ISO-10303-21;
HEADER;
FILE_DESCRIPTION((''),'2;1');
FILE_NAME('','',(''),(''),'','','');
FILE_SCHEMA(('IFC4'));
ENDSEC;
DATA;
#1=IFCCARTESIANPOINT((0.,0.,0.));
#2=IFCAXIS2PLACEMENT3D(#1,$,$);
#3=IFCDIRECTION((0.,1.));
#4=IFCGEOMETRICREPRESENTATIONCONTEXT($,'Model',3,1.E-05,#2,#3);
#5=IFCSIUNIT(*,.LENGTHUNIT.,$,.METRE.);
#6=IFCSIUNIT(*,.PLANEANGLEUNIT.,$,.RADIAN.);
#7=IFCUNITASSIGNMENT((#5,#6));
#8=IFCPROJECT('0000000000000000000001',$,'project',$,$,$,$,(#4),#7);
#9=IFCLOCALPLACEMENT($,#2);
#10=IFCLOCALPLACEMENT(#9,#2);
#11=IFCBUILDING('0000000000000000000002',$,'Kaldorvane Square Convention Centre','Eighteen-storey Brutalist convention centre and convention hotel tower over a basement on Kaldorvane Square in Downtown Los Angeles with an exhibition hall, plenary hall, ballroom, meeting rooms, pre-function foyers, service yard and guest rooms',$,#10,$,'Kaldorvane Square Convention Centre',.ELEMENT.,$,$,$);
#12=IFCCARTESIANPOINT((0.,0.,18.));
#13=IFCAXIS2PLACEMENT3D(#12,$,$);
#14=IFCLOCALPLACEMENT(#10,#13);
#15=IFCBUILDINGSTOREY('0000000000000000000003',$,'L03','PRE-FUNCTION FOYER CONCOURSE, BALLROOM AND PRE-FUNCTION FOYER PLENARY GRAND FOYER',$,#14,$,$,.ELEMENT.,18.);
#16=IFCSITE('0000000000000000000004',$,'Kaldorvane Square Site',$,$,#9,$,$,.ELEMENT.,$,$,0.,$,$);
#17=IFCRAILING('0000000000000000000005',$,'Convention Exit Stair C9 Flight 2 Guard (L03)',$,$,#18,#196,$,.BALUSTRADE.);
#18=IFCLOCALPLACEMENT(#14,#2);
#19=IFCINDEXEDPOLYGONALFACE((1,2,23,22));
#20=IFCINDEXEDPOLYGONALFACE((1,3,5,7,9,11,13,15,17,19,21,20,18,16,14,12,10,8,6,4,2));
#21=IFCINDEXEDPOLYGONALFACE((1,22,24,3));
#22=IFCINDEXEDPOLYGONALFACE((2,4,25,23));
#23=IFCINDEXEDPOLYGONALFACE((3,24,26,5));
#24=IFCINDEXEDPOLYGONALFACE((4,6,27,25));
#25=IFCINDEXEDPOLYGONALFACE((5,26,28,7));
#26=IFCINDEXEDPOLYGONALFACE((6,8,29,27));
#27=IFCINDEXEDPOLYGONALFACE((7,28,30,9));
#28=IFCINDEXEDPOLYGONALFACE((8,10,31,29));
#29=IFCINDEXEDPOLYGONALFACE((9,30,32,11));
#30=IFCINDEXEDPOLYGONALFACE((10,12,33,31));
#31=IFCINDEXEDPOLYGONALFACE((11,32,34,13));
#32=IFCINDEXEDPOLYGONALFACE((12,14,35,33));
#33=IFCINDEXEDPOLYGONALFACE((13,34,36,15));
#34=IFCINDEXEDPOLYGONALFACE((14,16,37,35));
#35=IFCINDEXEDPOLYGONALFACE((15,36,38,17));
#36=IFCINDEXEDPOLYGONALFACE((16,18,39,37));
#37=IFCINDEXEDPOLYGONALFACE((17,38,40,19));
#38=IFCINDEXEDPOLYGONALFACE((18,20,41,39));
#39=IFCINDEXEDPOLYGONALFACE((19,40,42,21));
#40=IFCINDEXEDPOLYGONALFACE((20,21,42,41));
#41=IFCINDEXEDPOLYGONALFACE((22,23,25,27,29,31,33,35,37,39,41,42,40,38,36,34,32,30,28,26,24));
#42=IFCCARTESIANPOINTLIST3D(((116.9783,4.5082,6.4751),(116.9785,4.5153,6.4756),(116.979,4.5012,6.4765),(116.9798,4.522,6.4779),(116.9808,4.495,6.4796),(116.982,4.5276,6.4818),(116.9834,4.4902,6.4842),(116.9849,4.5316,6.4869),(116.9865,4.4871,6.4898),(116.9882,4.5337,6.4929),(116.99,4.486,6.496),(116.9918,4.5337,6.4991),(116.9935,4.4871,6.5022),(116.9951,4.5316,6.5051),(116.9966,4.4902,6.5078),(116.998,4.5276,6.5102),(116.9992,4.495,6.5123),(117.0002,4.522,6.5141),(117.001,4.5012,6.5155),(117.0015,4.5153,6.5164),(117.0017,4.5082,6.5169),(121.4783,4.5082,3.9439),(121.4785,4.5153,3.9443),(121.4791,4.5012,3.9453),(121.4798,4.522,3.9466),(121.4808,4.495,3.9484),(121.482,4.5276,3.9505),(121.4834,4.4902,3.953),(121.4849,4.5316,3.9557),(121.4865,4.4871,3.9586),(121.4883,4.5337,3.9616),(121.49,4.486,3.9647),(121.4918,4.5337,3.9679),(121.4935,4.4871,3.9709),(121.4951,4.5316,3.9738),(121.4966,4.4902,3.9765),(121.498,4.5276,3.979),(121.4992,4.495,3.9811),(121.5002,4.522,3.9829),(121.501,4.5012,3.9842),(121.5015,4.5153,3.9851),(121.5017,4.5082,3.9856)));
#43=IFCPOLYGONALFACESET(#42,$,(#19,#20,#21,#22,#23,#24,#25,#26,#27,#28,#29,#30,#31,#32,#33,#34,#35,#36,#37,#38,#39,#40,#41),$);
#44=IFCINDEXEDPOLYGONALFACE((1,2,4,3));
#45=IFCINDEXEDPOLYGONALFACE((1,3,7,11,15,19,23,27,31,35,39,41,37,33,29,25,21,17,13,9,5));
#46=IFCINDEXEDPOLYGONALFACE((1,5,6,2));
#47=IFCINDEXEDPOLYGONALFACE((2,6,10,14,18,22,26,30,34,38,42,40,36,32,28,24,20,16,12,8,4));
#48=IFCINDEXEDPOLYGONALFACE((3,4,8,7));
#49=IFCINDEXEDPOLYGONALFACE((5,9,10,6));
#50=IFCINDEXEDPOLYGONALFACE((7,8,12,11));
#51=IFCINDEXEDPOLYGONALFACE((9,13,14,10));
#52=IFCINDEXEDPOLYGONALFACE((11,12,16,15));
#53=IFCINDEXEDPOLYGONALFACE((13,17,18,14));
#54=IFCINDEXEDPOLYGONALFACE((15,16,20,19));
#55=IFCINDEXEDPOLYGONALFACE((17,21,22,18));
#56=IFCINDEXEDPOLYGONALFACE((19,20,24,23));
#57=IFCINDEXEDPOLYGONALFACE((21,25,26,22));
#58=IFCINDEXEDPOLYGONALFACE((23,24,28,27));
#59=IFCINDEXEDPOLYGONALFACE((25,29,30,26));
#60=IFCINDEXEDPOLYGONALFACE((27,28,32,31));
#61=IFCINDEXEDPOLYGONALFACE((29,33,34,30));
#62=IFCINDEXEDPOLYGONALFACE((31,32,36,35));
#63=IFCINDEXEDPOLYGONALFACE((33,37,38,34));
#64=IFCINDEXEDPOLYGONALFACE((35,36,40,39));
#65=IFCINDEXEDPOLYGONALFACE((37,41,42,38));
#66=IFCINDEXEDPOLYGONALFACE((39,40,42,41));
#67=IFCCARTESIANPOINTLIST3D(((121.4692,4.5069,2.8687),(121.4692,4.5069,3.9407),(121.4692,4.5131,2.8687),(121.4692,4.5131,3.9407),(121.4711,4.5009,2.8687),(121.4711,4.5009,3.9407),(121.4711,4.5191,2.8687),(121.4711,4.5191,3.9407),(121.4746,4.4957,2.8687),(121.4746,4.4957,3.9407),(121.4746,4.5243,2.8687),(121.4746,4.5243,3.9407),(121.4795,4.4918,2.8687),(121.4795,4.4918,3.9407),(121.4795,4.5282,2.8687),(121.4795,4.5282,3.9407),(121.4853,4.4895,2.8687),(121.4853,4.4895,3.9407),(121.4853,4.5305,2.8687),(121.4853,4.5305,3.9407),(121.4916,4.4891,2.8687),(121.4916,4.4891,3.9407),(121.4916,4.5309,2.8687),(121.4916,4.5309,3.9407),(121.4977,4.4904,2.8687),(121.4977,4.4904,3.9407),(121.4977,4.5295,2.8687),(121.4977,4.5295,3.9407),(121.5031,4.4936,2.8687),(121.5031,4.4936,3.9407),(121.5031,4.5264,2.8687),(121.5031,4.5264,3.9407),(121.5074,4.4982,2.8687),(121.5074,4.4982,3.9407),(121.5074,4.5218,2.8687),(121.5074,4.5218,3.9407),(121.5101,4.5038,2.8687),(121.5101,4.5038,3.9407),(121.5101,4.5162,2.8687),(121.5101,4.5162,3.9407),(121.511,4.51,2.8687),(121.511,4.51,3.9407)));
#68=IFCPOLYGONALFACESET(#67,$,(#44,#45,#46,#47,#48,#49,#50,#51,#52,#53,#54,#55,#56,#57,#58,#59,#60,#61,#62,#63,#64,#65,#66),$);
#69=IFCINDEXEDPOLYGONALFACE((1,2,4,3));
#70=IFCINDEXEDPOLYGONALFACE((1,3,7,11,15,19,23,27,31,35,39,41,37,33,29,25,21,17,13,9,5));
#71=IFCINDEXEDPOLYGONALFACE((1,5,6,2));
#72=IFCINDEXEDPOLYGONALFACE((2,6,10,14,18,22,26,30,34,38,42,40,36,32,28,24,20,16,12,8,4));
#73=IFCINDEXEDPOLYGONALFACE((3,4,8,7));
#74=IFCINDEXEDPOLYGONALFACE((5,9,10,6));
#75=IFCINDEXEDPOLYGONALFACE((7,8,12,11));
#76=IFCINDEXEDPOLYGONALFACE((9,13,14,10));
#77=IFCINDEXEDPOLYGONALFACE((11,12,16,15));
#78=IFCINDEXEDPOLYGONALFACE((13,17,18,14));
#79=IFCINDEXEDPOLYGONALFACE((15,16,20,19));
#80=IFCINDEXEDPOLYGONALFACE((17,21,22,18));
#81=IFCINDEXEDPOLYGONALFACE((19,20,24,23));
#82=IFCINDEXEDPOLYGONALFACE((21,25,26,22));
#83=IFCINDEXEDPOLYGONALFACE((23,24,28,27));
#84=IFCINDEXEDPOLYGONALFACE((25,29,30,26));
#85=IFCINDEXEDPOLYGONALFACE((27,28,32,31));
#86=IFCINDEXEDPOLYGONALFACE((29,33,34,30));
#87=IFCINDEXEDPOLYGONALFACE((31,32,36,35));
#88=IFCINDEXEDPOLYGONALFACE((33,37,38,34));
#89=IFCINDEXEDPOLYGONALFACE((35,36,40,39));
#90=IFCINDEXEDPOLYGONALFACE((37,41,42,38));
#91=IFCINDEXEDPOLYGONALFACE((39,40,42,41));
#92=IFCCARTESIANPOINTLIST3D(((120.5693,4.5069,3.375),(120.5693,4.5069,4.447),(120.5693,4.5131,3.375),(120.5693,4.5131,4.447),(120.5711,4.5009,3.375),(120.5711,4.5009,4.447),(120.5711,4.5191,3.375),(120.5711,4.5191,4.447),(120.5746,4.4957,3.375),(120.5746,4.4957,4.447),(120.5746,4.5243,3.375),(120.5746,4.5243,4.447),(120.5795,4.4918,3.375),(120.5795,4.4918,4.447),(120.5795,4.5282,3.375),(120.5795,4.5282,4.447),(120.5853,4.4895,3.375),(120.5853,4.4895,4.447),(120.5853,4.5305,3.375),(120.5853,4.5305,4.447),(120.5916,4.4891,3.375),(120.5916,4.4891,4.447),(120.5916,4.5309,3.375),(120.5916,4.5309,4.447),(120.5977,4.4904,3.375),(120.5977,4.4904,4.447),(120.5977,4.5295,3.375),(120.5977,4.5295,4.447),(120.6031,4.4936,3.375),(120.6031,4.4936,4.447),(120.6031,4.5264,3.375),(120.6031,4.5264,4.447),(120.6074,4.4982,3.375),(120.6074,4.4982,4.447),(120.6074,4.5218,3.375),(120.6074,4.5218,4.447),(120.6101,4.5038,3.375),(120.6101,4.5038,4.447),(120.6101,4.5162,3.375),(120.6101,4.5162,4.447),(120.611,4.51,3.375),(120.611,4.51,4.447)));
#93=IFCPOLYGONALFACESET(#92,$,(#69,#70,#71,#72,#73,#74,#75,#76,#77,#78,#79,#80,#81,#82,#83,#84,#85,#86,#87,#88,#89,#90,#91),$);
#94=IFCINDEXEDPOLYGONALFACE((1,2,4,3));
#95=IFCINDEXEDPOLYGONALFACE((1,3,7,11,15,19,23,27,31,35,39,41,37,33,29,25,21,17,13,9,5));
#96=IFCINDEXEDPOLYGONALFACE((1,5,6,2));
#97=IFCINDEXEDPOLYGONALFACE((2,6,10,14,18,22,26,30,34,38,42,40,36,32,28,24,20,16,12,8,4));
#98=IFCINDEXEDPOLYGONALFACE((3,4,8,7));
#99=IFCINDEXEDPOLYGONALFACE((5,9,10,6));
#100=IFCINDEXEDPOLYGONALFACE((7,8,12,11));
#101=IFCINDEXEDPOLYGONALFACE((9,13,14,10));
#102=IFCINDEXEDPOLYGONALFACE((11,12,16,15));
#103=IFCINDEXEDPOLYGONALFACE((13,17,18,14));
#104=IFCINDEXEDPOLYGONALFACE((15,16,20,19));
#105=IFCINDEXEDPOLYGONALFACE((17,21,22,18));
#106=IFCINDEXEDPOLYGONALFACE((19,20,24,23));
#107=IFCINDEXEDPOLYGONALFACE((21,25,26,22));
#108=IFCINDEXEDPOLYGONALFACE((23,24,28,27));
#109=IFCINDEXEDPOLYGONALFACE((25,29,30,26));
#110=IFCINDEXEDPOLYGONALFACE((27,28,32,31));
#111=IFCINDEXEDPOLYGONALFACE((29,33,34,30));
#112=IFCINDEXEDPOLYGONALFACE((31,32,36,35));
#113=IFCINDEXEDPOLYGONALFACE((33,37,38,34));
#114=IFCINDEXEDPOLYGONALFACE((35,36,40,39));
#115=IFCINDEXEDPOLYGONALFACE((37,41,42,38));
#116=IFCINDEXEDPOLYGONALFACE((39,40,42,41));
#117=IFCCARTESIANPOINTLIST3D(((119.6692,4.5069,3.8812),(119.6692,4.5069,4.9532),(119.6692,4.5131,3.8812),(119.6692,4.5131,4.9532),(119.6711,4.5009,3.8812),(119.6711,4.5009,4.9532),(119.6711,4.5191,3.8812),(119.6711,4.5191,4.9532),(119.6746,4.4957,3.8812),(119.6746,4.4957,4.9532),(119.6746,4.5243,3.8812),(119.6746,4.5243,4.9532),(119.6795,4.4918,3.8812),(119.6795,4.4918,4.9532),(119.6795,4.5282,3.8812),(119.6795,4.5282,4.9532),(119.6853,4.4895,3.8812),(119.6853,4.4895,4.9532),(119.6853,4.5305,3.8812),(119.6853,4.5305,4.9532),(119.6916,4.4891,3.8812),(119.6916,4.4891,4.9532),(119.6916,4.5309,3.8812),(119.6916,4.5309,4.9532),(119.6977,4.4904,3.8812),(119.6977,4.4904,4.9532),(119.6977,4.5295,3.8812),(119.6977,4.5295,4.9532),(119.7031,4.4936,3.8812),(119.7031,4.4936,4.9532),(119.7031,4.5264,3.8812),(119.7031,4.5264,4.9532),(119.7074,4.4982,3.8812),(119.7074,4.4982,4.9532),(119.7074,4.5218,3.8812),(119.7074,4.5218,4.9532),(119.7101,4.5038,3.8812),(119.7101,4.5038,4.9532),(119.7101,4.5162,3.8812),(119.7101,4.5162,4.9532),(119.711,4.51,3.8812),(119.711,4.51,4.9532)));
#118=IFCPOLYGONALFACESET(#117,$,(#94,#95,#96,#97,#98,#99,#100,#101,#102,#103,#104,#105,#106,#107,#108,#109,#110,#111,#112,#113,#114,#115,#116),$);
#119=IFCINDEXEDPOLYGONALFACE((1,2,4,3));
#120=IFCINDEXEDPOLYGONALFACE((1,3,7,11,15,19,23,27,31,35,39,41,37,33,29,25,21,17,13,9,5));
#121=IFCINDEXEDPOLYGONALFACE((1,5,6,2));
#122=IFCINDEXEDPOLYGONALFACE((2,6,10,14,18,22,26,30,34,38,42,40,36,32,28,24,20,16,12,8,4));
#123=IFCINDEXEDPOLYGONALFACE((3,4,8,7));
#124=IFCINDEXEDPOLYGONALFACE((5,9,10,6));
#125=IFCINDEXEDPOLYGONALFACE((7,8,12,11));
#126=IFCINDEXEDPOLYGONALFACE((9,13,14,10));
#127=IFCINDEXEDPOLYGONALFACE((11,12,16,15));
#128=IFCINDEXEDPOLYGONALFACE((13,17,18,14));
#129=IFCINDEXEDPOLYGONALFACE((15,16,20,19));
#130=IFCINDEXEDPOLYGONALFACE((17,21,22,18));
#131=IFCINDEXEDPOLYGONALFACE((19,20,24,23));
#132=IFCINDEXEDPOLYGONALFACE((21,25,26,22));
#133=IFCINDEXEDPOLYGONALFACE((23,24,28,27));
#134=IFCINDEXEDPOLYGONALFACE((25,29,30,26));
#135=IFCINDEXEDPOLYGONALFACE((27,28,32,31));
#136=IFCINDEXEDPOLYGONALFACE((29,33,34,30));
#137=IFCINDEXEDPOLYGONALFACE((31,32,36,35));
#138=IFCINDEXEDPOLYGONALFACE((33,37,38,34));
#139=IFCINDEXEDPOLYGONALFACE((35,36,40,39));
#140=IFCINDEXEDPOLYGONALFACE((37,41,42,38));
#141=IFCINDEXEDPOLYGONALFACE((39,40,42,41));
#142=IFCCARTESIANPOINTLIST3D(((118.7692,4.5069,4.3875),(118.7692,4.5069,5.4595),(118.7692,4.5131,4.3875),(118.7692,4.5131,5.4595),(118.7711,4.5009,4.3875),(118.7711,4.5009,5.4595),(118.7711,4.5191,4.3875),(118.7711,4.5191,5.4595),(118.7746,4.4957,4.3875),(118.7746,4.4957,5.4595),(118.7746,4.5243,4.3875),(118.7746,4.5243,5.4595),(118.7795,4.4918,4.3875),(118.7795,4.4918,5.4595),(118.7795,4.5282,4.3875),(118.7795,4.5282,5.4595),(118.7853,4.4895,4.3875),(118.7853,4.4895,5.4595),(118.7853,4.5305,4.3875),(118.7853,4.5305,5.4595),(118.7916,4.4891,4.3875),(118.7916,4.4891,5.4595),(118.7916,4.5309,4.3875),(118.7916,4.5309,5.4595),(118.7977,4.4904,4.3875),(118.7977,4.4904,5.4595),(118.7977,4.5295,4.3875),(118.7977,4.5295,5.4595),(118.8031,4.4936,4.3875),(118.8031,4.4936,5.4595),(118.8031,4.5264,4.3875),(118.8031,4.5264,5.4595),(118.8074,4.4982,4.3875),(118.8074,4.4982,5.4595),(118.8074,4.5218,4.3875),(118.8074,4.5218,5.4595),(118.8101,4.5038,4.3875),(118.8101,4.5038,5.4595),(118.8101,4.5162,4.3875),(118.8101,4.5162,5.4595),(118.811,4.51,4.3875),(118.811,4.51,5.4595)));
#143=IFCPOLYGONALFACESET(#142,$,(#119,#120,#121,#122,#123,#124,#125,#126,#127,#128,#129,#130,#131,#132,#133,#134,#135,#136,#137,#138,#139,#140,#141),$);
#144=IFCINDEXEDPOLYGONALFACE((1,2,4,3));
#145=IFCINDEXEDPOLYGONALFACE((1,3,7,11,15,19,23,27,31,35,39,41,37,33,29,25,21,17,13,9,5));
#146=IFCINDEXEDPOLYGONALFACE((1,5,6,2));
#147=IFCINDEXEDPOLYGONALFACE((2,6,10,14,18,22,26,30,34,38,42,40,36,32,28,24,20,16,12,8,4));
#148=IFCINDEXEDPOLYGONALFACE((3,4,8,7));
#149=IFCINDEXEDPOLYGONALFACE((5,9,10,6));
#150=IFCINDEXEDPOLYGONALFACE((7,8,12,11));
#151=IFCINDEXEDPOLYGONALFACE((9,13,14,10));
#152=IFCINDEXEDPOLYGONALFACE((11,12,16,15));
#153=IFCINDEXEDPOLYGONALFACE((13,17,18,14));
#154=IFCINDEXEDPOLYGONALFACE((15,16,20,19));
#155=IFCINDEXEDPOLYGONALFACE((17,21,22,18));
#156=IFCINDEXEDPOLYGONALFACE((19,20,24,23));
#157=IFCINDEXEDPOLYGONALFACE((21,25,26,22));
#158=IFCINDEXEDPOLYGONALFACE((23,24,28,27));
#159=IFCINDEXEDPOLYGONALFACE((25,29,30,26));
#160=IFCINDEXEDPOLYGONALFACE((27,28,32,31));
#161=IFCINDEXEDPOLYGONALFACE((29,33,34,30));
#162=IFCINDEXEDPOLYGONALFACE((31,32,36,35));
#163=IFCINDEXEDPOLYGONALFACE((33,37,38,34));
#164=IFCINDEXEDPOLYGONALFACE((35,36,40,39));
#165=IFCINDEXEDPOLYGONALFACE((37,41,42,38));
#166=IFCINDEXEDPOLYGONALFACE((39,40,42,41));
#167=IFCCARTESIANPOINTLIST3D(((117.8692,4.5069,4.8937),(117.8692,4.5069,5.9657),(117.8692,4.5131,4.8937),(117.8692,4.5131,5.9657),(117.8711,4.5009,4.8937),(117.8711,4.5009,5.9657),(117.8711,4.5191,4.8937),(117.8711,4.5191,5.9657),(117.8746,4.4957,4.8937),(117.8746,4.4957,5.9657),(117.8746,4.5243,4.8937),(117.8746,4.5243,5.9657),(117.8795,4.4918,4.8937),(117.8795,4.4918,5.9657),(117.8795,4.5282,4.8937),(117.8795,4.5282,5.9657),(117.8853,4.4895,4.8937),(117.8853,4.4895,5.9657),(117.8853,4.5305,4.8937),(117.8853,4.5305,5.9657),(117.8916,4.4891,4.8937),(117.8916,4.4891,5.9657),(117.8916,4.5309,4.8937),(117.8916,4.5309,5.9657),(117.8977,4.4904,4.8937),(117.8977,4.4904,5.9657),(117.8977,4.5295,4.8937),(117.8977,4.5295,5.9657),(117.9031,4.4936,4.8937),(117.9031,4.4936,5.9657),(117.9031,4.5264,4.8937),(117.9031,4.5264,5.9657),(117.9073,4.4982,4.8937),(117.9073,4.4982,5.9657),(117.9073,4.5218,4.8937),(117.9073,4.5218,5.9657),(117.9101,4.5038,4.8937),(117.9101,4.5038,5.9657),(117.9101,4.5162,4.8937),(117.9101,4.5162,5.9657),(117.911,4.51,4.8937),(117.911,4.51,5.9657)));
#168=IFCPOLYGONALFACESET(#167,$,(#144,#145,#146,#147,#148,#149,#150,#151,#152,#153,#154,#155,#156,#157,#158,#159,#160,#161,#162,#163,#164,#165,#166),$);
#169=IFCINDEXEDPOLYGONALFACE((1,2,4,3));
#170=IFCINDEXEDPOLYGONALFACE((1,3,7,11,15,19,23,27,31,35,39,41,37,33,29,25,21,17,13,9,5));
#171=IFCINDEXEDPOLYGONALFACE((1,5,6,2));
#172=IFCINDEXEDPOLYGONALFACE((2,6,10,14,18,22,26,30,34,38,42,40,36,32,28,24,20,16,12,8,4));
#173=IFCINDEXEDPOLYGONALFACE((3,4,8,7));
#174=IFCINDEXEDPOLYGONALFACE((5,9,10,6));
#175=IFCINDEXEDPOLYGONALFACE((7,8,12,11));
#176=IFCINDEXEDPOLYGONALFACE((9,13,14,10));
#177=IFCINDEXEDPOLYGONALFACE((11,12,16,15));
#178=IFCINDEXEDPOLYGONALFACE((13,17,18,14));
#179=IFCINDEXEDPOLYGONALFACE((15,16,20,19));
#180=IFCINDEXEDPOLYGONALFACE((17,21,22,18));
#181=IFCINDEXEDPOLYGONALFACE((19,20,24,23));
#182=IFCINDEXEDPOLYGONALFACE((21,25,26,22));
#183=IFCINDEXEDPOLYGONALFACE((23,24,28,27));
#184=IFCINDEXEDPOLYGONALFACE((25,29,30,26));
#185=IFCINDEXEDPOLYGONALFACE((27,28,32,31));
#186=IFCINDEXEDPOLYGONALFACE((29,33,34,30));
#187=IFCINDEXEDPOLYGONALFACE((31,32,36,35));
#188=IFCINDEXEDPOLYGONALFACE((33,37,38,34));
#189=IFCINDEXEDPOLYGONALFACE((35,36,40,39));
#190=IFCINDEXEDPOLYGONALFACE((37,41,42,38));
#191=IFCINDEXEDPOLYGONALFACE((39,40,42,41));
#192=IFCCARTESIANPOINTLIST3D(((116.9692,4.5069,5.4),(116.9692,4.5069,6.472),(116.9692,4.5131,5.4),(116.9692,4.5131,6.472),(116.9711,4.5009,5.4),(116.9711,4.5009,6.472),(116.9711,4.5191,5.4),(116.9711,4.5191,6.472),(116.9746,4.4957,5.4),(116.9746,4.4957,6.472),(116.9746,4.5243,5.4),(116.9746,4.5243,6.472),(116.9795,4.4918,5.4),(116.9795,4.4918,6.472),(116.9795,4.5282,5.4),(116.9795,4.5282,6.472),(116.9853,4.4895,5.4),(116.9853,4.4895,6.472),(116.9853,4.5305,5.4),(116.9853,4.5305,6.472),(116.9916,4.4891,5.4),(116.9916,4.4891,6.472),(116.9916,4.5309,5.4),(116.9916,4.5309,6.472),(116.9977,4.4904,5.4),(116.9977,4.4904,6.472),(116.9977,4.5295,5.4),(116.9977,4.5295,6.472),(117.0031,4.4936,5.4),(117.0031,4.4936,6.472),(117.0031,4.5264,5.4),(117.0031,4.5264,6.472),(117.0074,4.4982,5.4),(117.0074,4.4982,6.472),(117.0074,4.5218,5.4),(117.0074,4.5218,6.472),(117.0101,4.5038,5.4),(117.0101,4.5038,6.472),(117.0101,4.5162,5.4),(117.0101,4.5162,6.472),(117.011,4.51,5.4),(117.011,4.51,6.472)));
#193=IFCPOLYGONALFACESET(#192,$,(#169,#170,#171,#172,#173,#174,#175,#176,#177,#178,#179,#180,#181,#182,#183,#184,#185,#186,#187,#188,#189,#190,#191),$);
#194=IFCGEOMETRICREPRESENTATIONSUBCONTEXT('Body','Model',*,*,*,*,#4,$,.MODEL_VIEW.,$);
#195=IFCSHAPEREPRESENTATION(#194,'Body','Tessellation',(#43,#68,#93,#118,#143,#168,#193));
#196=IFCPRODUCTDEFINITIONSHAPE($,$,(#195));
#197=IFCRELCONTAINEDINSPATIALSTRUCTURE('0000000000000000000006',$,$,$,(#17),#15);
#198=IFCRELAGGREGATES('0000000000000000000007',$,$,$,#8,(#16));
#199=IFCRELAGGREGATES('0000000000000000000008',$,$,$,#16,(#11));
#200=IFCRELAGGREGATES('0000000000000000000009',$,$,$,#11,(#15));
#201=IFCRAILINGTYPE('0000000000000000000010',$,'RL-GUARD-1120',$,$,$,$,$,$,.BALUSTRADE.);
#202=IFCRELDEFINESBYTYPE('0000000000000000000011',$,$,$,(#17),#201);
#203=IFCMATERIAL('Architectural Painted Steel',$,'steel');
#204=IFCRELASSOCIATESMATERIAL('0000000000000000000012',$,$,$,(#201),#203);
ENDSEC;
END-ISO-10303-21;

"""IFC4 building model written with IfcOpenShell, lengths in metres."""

from ifc_helpers import new_model, si_unit, direction, frame, origin, origin_2d, place, context, subcontext, project, spatial, circle, extrude, material, type_object, element, save


model = new_model("IFC4")

# Units and contexts
model_context = context("Model", 3, precision=1e-05, world=origin(), true_north=direction((0.0, 1.0)))
body_context = subcontext(model_context, "Body", "Model", "MODEL_VIEW")
ifc_project = project(units=[si_unit("LENGTHUNIT", "METRE"), si_unit("PLANEANGLEUNIT", "RADIAN")], contexts=[model_context])

# Site, building, storey
site_placement = place(None, origin())
site = spatial("IfcSite", under=ifc_project, at=site_placement, Name="Kaldorvane Square Site", CompositionType="ELEMENT", RefElevation=0.0)
building_placement = place(site_placement, origin())
building = spatial("IfcBuilding", under=site, at=building_placement, Name="Kaldorvane Square Convention Centre", Description="Eighteen-storey Brutalist convention centre and convention hotel tower over a basement on Kaldorvane Square in Downtown Los Angeles with an exhibition hall, plenary hall, ballroom, meeting rooms, pre-function foyers, service yard and guest rooms", LongName="Kaldorvane Square Convention Centre", CompositionType="ELEMENT")
storey_placement = place(building_placement, frame((0.0, 0.0, 18.0)))
storey = spatial("IfcBuildingStorey", under=building, at=storey_placement, Name="L03", Description="PRE-FUNCTION FOYER CONCOURSE, BALLROOM AND PRE-FUNCTION FOYER PLENARY GRAND FOYER", CompositionType="ELEMENT", Elevation=18.0)

# Railing
ifc_material_1 = material(Name="Architectural Painted Steel", Category="steel")
railing_type_1 = type_object("IfcRailingType", Name="RL-GUARD-1120", PredefinedType="BALUSTRADE", material=ifc_material_1)
railing_1_placement = place(storey_placement, frame((121.49, 4.51, 2.8687)))
element("IfcRailing", 1, at=railing_1_placement, inside=storey, type_object=railing_type_1, Name="Convention Exit Stair C9 Flight 2 Guard (L03)", PredefinedType="BALUSTRADE", context=body_context, shape_type="SweptSolid", body=[
    extrude(circle(Radius=0.024, at=origin_2d()), frame((0.0, 0.0, 1.096), z_axis=(-0.871576, 0.0, 0.490261), x_axis=(0.0, -1.0, 0.0)), (0.0, 0.0, 1.0), 5.1631),
    extrude(circle(Radius=0.021, at=origin_2d()), origin(), (0.0, 0.0, 1.0), 1.072),
    extrude(circle(Radius=0.021, at=origin_2d()), frame((-0.9, 0.0, 0.5063)), (0.0, 0.0, 1.0), 1.072),
    extrude(circle(Radius=0.021, at=origin_2d()), frame((-1.8, 0.0, 1.0125)), (0.0, 0.0, 1.0), 1.072),
    extrude(circle(Radius=0.021, at=origin_2d()), frame((-2.7, 0.0, 1.5188)), (0.0, 0.0, 1.0), 1.072),
    extrude(circle(Radius=0.021, at=origin_2d()), frame((-3.6, 0.0, 2.025)), (0.0, 0.0, 1.0), 1.072),
    extrude(circle(Radius=0.021, at=origin_2d()), frame((-4.5, 0.0, 2.5312)), (0.0, 0.0, 1.0), 1.072),
])

save(model, "model.ifc")
